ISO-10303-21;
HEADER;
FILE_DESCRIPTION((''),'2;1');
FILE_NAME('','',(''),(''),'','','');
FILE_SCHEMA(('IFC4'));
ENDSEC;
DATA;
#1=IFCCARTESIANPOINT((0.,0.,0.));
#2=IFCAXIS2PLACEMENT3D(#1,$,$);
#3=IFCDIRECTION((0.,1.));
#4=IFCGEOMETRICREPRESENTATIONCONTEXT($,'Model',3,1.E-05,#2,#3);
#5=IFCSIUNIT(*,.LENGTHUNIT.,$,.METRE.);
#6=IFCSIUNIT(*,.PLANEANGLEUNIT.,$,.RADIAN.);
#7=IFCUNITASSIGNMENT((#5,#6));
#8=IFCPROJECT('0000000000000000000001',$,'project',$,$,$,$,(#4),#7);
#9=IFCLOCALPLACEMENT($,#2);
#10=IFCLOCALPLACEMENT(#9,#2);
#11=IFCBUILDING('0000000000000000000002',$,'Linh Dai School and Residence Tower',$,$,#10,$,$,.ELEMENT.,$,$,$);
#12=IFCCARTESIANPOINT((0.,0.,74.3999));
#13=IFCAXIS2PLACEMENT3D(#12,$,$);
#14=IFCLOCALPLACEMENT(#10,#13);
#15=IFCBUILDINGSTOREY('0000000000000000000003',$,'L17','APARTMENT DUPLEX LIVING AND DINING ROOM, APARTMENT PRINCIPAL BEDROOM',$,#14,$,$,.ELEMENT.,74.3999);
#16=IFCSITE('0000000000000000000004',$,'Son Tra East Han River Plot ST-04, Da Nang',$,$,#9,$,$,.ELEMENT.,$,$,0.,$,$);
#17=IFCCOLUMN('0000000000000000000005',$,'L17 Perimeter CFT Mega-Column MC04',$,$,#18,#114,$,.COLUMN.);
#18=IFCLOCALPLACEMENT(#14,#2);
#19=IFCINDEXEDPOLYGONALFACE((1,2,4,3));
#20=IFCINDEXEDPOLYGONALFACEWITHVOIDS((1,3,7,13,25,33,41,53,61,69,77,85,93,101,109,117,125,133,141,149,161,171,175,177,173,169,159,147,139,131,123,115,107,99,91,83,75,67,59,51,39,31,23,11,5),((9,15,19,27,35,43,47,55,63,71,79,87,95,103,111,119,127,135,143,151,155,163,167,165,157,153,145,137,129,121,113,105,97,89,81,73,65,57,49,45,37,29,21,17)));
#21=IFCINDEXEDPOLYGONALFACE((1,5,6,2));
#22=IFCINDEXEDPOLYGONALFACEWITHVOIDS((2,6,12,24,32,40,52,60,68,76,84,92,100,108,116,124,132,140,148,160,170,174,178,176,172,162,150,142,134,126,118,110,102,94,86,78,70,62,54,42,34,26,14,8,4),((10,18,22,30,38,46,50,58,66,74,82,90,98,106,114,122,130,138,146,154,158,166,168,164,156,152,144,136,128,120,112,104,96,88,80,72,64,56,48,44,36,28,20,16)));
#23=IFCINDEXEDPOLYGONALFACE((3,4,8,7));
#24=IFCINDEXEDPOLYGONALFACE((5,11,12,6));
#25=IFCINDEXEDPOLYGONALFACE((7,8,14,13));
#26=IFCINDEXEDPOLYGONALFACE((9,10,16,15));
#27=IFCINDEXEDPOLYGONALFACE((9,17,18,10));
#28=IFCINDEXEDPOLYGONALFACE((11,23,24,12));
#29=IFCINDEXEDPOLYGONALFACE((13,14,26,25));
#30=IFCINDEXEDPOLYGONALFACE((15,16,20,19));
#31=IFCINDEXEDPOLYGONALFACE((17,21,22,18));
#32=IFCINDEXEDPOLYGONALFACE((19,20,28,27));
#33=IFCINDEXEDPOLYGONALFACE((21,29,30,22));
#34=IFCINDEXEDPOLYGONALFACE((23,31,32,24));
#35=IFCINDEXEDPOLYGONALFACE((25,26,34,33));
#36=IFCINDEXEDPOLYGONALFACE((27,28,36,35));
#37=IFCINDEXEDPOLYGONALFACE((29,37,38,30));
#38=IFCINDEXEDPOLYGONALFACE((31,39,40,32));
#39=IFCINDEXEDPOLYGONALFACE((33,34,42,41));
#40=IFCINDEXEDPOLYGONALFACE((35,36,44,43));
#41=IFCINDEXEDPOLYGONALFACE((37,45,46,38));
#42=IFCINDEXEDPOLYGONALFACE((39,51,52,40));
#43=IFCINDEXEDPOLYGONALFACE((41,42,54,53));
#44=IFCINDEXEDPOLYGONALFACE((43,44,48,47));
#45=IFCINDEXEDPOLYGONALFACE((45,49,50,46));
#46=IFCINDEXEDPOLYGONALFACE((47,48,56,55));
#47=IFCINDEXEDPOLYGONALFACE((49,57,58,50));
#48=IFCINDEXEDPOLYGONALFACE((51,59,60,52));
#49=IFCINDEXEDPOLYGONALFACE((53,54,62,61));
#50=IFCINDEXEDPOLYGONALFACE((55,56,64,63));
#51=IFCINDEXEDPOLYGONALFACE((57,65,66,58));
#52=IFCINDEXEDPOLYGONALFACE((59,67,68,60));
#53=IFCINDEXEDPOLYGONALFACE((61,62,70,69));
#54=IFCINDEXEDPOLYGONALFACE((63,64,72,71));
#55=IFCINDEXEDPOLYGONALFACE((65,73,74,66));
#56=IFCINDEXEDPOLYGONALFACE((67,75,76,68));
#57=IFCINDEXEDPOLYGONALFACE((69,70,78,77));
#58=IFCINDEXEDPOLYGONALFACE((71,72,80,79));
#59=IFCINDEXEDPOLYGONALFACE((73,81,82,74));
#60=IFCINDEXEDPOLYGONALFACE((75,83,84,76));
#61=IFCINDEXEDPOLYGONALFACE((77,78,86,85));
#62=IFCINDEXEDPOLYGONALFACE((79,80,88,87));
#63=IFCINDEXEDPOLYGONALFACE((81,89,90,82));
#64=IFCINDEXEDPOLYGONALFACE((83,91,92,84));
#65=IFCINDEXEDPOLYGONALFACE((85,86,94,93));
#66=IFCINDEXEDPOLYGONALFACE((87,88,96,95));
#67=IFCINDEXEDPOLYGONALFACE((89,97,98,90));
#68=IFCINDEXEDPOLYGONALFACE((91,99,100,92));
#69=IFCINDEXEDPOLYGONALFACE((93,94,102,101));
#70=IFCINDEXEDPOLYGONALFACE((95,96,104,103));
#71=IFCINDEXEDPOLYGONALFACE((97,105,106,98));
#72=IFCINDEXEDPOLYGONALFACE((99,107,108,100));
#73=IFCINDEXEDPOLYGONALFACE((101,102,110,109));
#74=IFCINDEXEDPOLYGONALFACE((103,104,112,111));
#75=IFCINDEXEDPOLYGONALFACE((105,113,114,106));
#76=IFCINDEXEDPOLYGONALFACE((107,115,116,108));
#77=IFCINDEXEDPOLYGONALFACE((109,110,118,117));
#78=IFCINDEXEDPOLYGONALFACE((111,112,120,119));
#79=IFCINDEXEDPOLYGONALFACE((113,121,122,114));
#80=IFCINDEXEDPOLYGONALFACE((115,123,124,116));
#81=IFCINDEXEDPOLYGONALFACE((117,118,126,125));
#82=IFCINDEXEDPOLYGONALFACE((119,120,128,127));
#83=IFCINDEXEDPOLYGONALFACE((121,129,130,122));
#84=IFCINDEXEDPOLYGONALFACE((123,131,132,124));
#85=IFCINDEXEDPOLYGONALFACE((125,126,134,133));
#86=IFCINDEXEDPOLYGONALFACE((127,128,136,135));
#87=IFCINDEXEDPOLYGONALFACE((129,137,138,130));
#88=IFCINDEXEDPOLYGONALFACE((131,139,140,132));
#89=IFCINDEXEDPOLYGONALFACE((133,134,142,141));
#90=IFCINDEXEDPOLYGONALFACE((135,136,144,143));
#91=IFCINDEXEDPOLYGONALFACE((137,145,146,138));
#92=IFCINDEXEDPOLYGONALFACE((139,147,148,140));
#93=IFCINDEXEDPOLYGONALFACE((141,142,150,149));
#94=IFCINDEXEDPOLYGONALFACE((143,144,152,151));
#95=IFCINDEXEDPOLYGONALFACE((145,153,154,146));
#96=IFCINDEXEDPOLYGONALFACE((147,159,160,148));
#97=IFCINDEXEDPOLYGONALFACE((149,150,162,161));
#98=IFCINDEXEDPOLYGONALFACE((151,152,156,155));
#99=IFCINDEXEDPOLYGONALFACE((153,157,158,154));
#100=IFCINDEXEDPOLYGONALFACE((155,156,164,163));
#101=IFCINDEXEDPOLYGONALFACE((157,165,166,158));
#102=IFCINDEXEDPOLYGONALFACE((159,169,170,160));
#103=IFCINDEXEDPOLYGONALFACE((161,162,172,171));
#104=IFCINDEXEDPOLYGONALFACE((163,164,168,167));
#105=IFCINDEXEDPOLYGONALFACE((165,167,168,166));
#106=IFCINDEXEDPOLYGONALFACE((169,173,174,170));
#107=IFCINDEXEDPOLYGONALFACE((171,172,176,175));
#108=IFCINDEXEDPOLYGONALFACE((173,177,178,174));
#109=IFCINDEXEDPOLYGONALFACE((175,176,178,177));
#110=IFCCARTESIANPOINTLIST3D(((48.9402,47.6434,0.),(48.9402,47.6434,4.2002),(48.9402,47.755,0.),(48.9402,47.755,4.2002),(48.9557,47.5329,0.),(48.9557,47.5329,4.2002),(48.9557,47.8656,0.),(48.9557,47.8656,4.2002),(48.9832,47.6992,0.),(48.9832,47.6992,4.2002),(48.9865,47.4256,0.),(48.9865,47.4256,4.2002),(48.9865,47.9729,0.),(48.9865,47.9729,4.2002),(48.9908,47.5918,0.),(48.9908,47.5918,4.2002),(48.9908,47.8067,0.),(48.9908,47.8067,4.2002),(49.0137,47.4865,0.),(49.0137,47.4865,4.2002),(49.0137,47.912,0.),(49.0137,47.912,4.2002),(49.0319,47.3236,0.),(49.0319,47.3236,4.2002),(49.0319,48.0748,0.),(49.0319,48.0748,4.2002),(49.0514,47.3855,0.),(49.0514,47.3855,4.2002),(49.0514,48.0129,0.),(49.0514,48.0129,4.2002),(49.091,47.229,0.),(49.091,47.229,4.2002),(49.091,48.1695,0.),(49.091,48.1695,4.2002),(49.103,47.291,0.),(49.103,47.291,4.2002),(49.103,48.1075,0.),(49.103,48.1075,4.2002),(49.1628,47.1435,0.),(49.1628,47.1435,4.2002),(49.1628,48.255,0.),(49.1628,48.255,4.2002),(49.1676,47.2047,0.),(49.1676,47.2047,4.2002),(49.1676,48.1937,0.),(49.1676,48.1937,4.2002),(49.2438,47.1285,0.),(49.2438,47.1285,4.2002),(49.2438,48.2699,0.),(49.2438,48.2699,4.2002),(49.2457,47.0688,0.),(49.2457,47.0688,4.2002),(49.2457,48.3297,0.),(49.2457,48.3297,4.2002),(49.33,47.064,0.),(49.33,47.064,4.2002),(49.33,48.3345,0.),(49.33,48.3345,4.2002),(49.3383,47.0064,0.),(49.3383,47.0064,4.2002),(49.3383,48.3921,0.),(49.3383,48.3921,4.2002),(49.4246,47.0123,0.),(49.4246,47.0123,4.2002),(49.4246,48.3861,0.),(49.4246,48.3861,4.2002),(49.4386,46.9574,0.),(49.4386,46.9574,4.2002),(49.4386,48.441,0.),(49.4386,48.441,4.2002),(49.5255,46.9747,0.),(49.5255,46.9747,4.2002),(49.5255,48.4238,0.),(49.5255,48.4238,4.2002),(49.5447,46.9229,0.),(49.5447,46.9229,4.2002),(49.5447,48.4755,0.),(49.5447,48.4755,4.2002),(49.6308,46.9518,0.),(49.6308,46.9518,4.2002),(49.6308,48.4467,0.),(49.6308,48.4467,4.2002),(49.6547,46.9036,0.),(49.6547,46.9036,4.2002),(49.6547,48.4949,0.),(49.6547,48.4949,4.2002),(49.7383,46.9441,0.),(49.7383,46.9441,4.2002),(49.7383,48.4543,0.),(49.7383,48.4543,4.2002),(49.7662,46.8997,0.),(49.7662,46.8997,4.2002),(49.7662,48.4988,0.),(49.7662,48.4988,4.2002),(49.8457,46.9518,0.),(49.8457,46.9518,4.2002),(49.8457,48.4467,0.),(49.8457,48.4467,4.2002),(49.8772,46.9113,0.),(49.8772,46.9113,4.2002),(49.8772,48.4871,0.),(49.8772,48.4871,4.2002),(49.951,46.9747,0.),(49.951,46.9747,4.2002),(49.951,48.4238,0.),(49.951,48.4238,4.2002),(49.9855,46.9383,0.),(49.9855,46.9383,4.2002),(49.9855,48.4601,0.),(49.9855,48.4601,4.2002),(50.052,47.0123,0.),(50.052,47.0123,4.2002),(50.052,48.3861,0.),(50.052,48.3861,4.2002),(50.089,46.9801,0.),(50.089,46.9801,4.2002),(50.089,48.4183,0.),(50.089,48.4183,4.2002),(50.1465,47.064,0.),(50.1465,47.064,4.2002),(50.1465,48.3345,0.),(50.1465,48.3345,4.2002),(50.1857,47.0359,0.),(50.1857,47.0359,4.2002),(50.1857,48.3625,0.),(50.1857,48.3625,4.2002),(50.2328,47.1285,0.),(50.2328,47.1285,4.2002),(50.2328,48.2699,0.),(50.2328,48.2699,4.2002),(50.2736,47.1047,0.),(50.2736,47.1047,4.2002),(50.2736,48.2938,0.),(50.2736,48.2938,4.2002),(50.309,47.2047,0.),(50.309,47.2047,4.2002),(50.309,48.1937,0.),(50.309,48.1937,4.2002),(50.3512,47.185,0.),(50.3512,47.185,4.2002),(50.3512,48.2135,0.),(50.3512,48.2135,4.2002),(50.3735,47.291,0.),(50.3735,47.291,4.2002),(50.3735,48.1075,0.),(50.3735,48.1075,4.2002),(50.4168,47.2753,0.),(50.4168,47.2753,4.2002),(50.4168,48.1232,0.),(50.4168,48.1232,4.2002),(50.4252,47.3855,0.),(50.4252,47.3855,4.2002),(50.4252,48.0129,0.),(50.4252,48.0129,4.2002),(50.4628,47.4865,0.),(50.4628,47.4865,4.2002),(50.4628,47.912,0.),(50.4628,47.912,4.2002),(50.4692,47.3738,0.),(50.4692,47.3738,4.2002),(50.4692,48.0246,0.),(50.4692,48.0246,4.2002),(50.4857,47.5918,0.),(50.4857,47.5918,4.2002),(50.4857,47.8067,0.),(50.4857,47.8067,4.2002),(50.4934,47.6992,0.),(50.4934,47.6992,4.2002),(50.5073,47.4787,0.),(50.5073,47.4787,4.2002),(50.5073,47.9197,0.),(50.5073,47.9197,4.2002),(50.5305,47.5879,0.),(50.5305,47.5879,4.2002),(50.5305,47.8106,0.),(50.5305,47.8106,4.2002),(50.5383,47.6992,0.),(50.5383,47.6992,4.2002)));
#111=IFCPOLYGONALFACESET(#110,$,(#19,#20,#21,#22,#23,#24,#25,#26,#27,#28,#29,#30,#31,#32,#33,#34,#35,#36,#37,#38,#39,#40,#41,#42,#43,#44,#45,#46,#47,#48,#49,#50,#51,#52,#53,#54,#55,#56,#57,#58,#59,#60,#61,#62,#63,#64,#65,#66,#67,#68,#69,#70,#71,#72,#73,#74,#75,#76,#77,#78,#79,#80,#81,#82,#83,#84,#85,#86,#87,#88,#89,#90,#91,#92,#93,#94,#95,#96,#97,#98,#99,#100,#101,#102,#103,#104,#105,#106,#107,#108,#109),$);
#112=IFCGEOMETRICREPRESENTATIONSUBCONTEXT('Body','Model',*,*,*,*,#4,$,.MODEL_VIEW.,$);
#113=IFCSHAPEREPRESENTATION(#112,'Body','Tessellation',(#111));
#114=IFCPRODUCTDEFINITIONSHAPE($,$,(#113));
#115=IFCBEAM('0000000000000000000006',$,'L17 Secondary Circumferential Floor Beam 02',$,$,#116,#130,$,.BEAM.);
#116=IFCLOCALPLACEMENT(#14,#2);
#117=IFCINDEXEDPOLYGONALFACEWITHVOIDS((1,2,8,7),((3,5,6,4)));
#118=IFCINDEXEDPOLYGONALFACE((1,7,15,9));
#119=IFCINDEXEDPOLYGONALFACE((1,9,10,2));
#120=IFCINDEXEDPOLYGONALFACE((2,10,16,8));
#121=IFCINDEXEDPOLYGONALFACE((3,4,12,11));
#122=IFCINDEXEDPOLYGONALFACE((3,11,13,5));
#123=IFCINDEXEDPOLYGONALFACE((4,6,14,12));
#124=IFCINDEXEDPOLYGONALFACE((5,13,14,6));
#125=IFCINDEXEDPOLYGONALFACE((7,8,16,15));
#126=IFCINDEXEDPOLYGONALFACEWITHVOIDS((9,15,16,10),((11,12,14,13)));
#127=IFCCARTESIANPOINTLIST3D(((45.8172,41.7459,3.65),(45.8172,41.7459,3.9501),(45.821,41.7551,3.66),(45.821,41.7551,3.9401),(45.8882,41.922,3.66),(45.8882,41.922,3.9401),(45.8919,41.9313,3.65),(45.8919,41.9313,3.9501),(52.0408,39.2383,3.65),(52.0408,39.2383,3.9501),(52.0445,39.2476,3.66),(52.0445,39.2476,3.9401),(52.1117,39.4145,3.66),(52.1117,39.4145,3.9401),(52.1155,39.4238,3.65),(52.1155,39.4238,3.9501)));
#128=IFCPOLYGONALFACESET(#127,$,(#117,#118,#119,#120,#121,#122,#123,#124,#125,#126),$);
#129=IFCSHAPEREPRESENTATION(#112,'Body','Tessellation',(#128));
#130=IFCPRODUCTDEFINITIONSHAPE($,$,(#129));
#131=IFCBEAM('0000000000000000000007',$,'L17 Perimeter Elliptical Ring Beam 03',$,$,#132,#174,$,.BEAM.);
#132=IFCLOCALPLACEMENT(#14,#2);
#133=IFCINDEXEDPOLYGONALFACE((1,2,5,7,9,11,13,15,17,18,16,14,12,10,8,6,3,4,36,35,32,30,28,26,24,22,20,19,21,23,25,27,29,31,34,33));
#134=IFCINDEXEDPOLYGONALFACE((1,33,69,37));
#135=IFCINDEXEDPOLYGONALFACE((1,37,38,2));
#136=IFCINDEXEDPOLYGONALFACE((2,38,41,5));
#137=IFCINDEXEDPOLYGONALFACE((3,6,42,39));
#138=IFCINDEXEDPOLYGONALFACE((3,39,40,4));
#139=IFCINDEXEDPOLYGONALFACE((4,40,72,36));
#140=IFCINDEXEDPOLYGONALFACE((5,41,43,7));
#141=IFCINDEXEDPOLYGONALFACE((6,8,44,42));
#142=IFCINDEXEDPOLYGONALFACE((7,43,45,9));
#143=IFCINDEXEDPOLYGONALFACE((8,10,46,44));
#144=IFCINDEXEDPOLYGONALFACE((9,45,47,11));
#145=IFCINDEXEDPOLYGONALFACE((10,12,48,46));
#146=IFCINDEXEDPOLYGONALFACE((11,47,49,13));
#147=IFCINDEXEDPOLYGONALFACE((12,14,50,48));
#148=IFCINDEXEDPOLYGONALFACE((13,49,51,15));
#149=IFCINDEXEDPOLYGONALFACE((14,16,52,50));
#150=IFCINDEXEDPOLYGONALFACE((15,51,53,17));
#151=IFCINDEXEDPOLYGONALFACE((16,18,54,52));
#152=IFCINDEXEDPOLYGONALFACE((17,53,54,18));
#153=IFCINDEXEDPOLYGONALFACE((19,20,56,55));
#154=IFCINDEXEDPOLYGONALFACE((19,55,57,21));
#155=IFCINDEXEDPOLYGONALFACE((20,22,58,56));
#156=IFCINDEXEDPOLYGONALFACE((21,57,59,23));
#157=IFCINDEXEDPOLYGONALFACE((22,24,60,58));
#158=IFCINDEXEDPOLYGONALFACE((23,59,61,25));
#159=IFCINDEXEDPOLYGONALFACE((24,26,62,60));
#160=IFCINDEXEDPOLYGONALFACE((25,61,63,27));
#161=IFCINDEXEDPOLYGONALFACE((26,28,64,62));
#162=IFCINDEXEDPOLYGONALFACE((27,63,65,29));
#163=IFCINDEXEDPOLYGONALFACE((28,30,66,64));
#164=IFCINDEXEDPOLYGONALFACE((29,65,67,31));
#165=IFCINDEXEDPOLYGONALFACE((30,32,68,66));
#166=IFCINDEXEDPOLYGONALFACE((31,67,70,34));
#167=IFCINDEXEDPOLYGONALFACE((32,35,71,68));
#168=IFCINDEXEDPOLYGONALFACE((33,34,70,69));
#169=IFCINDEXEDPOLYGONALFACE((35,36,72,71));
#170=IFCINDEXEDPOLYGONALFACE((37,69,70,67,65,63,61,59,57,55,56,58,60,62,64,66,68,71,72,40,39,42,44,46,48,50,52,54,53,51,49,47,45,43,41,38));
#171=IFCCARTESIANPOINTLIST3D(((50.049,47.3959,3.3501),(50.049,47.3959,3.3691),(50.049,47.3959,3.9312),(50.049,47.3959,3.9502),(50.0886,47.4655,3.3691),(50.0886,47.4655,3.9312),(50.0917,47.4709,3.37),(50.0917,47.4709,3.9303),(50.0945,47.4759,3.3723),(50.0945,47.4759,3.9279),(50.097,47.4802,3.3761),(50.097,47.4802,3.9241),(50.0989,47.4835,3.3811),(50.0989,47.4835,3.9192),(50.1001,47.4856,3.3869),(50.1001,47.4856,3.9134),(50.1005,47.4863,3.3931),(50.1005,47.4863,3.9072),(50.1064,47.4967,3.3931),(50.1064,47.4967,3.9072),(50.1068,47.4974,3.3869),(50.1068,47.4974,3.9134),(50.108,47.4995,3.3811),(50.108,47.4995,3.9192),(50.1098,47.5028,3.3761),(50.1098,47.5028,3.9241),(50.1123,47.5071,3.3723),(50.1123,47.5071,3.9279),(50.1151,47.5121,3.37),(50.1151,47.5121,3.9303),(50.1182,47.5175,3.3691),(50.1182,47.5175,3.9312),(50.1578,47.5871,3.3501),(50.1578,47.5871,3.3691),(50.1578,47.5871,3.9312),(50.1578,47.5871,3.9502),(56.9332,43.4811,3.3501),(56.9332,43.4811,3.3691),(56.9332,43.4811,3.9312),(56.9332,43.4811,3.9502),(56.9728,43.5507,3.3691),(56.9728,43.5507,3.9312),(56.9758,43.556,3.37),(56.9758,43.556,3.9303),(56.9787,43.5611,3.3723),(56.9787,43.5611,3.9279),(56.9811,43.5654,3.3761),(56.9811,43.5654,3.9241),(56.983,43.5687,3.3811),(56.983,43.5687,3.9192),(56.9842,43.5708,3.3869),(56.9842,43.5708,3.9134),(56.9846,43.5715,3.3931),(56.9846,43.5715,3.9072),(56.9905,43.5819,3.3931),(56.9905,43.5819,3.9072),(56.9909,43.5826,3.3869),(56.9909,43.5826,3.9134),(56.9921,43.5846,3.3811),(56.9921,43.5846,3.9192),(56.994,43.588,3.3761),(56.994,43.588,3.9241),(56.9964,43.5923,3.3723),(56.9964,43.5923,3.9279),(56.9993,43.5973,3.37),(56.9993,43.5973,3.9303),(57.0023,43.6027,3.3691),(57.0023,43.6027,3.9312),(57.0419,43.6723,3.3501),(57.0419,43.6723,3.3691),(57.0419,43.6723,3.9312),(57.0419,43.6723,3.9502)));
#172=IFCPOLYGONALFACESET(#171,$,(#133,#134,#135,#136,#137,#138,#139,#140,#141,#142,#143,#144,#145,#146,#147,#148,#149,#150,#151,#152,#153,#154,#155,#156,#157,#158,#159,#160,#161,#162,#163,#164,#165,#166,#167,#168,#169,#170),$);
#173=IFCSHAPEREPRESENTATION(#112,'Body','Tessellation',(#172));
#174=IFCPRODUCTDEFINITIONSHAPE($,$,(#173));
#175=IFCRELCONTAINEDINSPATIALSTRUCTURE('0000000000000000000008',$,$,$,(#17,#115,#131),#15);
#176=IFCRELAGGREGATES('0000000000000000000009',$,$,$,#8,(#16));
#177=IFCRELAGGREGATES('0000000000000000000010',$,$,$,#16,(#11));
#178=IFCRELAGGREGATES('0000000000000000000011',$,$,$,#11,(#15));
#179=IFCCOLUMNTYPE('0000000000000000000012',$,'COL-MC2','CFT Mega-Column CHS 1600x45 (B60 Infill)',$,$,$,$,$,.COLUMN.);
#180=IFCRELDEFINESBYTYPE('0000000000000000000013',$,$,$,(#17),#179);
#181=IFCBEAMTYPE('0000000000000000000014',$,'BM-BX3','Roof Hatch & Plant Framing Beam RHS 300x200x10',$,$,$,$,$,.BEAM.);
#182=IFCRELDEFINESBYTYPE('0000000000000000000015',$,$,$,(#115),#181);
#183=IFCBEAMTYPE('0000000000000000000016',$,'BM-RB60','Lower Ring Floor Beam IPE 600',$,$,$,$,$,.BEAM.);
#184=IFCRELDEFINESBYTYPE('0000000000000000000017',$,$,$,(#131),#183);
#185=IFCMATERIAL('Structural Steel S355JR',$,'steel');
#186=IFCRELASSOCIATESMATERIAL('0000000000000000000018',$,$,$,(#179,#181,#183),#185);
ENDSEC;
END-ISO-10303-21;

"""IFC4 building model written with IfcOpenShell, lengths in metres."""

from ifc_helpers import new_model, si_unit, direction, frame, origin, origin_2d, place, context, subcontext, project, spatial, hollow_rectangle, hollow_circle, i_section, extrude, material, material_profile, profile_set, type_object, element, save


model = new_model("IFC4")

# Units and contexts
model_context = context("Model", 3, precision=1e-05, world=origin(), true_north=direction((0.0, 1.0)))
body_context = subcontext(model_context, "Body", "Model", "MODEL_VIEW")
ifc_project = project(units=[si_unit("LENGTHUNIT", "METRE"), si_unit("PLANEANGLEUNIT", "RADIAN")], contexts=[model_context])

# Site, building, storey
site_placement = place(None, origin())
site = spatial("IfcSite", under=ifc_project, at=site_placement, Name="Son Tra East Han River Plot ST-04, Da Nang", CompositionType="ELEMENT", RefElevation=0.0)
building_placement = place(site_placement, origin())
building = spatial("IfcBuilding", under=site, at=building_placement, Name="Linh Dai School and Residence Tower", CompositionType="ELEMENT")
storey_placement = place(building_placement, frame((0.0, 0.0, 74.3999)))
storey = spatial("IfcBuildingStorey", under=building, at=storey_placement, Name="L17", Description="APARTMENT DUPLEX LIVING AND DINING ROOM, APARTMENT PRINCIPAL BEDROOM", CompositionType="ELEMENT", Elevation=74.3999)

# Column
ifc_material_1 = material(Name="Structural Steel S355JR", Category="steel")
ifc_material_profile_1 = material_profile(ifc_material_1, hollow_circle(Radius=0.8, WallThickness=0.0449, at=origin_2d()), Name="CHS 1600x45")
ifc_profile_set_1 = profile_set([ifc_material_profile_1], Name="Structural Steel S355JR")
column_type = type_object("IfcColumnType", Name="COL-MC2", Description="CFT Mega-Column CHS 1600x45 (B60 Infill)", PredefinedType="COLUMN", material=ifc_profile_set_1)
for number, where, z_axis, x_axis, name in (
    (1, (49.7383, 47.6992, 0.0), (0.0, 0.0, 1.0), (1.0, 0.0, 0.0), "L17 Perimeter CFT Mega-Column MC04"),
):
    element("IfcColumn", number, at=place(storey_placement, frame(where, z_axis=z_axis, x_axis=x_axis)), inside=storey, type_object=column_type, Name=name, PredefinedType="COLUMN", context=body_context, shape_type="SweptSolid", body=[
        extrude(hollow_circle(Radius=0.8, WallThickness=0.0449, at=origin_2d()), origin(), (0.0, 0.0, 1.0), 4.2002),
    ])

# Beams
ifc_material_profile_2 = material_profile(ifc_material_1, hollow_rectangle(XDim=0.2, YDim=0.3, WallThickness=0.01, at=origin_2d()), Name="RHS 300x200x10")
ifc_profile_set_2 = profile_set([ifc_material_profile_2], Name="Structural Steel S355JR")
beam_type_1 = type_object("IfcBeamType", Name="BM-BX3", Description="Roof Hatch & Plant Framing Beam RHS 300x200x10", PredefinedType="BEAM", material=ifc_profile_set_2)
beam_1_placement = place(storey_placement, frame((52.0781, 39.3311, 3.8), z_axis=(-0.927543, 0.373717, 0.0), x_axis=(-0.373717, -0.927543, 0.0)))
element("IfcBeam", 2, at=beam_1_placement, inside=storey, type_object=beam_type_1, Name="L17 Secondary Circumferential Floor Beam 02", PredefinedType="BEAM", context=body_context, shape_type="SweptSolid", body=[
    extrude(hollow_rectangle(XDim=0.2, YDim=0.3, WallThickness=0.01, at=origin_2d()), origin(), (0.0, 0.0, 1.0), 6.7097),
])
ifc_material_profile_3 = material_profile(ifc_material_1, i_section(OverallWidth=0.22, OverallDepth=0.6001, WebThickness=0.012, FlangeThickness=0.019, FilletRadius=0.0239, at=origin_2d()), Name="IPE 600")
ifc_profile_set_3 = profile_set([ifc_material_profile_3], Name="Structural Steel S355JR")
beam_type_2 = type_object("IfcBeamType", Name="BM-RB60", Description="Lower Ring Floor Beam IPE 600", PredefinedType="BEAM", material=ifc_profile_set_3)
beam_2_placement = place(storey_placement, frame((56.9875, 43.5767, 3.6501), z_axis=(-0.869271, 0.494335, 0.0), x_axis=(-0.494335, -0.869271, 0.0)))
element("IfcBeam", 3, at=beam_2_placement, inside=storey, type_object=beam_type_2, Name="L17 Perimeter Elliptical Ring Beam 03", PredefinedType="BEAM", context=body_context, shape_type="SweptSolid", body=[
    extrude(i_section(OverallWidth=0.22, OverallDepth=0.6001, WebThickness=0.012, FlangeThickness=0.019, FilletRadius=0.0239, at=origin_2d()), origin(), (0.0, 0.0, 1.0), 7.9194),
])

save(model, "model.ifc")
